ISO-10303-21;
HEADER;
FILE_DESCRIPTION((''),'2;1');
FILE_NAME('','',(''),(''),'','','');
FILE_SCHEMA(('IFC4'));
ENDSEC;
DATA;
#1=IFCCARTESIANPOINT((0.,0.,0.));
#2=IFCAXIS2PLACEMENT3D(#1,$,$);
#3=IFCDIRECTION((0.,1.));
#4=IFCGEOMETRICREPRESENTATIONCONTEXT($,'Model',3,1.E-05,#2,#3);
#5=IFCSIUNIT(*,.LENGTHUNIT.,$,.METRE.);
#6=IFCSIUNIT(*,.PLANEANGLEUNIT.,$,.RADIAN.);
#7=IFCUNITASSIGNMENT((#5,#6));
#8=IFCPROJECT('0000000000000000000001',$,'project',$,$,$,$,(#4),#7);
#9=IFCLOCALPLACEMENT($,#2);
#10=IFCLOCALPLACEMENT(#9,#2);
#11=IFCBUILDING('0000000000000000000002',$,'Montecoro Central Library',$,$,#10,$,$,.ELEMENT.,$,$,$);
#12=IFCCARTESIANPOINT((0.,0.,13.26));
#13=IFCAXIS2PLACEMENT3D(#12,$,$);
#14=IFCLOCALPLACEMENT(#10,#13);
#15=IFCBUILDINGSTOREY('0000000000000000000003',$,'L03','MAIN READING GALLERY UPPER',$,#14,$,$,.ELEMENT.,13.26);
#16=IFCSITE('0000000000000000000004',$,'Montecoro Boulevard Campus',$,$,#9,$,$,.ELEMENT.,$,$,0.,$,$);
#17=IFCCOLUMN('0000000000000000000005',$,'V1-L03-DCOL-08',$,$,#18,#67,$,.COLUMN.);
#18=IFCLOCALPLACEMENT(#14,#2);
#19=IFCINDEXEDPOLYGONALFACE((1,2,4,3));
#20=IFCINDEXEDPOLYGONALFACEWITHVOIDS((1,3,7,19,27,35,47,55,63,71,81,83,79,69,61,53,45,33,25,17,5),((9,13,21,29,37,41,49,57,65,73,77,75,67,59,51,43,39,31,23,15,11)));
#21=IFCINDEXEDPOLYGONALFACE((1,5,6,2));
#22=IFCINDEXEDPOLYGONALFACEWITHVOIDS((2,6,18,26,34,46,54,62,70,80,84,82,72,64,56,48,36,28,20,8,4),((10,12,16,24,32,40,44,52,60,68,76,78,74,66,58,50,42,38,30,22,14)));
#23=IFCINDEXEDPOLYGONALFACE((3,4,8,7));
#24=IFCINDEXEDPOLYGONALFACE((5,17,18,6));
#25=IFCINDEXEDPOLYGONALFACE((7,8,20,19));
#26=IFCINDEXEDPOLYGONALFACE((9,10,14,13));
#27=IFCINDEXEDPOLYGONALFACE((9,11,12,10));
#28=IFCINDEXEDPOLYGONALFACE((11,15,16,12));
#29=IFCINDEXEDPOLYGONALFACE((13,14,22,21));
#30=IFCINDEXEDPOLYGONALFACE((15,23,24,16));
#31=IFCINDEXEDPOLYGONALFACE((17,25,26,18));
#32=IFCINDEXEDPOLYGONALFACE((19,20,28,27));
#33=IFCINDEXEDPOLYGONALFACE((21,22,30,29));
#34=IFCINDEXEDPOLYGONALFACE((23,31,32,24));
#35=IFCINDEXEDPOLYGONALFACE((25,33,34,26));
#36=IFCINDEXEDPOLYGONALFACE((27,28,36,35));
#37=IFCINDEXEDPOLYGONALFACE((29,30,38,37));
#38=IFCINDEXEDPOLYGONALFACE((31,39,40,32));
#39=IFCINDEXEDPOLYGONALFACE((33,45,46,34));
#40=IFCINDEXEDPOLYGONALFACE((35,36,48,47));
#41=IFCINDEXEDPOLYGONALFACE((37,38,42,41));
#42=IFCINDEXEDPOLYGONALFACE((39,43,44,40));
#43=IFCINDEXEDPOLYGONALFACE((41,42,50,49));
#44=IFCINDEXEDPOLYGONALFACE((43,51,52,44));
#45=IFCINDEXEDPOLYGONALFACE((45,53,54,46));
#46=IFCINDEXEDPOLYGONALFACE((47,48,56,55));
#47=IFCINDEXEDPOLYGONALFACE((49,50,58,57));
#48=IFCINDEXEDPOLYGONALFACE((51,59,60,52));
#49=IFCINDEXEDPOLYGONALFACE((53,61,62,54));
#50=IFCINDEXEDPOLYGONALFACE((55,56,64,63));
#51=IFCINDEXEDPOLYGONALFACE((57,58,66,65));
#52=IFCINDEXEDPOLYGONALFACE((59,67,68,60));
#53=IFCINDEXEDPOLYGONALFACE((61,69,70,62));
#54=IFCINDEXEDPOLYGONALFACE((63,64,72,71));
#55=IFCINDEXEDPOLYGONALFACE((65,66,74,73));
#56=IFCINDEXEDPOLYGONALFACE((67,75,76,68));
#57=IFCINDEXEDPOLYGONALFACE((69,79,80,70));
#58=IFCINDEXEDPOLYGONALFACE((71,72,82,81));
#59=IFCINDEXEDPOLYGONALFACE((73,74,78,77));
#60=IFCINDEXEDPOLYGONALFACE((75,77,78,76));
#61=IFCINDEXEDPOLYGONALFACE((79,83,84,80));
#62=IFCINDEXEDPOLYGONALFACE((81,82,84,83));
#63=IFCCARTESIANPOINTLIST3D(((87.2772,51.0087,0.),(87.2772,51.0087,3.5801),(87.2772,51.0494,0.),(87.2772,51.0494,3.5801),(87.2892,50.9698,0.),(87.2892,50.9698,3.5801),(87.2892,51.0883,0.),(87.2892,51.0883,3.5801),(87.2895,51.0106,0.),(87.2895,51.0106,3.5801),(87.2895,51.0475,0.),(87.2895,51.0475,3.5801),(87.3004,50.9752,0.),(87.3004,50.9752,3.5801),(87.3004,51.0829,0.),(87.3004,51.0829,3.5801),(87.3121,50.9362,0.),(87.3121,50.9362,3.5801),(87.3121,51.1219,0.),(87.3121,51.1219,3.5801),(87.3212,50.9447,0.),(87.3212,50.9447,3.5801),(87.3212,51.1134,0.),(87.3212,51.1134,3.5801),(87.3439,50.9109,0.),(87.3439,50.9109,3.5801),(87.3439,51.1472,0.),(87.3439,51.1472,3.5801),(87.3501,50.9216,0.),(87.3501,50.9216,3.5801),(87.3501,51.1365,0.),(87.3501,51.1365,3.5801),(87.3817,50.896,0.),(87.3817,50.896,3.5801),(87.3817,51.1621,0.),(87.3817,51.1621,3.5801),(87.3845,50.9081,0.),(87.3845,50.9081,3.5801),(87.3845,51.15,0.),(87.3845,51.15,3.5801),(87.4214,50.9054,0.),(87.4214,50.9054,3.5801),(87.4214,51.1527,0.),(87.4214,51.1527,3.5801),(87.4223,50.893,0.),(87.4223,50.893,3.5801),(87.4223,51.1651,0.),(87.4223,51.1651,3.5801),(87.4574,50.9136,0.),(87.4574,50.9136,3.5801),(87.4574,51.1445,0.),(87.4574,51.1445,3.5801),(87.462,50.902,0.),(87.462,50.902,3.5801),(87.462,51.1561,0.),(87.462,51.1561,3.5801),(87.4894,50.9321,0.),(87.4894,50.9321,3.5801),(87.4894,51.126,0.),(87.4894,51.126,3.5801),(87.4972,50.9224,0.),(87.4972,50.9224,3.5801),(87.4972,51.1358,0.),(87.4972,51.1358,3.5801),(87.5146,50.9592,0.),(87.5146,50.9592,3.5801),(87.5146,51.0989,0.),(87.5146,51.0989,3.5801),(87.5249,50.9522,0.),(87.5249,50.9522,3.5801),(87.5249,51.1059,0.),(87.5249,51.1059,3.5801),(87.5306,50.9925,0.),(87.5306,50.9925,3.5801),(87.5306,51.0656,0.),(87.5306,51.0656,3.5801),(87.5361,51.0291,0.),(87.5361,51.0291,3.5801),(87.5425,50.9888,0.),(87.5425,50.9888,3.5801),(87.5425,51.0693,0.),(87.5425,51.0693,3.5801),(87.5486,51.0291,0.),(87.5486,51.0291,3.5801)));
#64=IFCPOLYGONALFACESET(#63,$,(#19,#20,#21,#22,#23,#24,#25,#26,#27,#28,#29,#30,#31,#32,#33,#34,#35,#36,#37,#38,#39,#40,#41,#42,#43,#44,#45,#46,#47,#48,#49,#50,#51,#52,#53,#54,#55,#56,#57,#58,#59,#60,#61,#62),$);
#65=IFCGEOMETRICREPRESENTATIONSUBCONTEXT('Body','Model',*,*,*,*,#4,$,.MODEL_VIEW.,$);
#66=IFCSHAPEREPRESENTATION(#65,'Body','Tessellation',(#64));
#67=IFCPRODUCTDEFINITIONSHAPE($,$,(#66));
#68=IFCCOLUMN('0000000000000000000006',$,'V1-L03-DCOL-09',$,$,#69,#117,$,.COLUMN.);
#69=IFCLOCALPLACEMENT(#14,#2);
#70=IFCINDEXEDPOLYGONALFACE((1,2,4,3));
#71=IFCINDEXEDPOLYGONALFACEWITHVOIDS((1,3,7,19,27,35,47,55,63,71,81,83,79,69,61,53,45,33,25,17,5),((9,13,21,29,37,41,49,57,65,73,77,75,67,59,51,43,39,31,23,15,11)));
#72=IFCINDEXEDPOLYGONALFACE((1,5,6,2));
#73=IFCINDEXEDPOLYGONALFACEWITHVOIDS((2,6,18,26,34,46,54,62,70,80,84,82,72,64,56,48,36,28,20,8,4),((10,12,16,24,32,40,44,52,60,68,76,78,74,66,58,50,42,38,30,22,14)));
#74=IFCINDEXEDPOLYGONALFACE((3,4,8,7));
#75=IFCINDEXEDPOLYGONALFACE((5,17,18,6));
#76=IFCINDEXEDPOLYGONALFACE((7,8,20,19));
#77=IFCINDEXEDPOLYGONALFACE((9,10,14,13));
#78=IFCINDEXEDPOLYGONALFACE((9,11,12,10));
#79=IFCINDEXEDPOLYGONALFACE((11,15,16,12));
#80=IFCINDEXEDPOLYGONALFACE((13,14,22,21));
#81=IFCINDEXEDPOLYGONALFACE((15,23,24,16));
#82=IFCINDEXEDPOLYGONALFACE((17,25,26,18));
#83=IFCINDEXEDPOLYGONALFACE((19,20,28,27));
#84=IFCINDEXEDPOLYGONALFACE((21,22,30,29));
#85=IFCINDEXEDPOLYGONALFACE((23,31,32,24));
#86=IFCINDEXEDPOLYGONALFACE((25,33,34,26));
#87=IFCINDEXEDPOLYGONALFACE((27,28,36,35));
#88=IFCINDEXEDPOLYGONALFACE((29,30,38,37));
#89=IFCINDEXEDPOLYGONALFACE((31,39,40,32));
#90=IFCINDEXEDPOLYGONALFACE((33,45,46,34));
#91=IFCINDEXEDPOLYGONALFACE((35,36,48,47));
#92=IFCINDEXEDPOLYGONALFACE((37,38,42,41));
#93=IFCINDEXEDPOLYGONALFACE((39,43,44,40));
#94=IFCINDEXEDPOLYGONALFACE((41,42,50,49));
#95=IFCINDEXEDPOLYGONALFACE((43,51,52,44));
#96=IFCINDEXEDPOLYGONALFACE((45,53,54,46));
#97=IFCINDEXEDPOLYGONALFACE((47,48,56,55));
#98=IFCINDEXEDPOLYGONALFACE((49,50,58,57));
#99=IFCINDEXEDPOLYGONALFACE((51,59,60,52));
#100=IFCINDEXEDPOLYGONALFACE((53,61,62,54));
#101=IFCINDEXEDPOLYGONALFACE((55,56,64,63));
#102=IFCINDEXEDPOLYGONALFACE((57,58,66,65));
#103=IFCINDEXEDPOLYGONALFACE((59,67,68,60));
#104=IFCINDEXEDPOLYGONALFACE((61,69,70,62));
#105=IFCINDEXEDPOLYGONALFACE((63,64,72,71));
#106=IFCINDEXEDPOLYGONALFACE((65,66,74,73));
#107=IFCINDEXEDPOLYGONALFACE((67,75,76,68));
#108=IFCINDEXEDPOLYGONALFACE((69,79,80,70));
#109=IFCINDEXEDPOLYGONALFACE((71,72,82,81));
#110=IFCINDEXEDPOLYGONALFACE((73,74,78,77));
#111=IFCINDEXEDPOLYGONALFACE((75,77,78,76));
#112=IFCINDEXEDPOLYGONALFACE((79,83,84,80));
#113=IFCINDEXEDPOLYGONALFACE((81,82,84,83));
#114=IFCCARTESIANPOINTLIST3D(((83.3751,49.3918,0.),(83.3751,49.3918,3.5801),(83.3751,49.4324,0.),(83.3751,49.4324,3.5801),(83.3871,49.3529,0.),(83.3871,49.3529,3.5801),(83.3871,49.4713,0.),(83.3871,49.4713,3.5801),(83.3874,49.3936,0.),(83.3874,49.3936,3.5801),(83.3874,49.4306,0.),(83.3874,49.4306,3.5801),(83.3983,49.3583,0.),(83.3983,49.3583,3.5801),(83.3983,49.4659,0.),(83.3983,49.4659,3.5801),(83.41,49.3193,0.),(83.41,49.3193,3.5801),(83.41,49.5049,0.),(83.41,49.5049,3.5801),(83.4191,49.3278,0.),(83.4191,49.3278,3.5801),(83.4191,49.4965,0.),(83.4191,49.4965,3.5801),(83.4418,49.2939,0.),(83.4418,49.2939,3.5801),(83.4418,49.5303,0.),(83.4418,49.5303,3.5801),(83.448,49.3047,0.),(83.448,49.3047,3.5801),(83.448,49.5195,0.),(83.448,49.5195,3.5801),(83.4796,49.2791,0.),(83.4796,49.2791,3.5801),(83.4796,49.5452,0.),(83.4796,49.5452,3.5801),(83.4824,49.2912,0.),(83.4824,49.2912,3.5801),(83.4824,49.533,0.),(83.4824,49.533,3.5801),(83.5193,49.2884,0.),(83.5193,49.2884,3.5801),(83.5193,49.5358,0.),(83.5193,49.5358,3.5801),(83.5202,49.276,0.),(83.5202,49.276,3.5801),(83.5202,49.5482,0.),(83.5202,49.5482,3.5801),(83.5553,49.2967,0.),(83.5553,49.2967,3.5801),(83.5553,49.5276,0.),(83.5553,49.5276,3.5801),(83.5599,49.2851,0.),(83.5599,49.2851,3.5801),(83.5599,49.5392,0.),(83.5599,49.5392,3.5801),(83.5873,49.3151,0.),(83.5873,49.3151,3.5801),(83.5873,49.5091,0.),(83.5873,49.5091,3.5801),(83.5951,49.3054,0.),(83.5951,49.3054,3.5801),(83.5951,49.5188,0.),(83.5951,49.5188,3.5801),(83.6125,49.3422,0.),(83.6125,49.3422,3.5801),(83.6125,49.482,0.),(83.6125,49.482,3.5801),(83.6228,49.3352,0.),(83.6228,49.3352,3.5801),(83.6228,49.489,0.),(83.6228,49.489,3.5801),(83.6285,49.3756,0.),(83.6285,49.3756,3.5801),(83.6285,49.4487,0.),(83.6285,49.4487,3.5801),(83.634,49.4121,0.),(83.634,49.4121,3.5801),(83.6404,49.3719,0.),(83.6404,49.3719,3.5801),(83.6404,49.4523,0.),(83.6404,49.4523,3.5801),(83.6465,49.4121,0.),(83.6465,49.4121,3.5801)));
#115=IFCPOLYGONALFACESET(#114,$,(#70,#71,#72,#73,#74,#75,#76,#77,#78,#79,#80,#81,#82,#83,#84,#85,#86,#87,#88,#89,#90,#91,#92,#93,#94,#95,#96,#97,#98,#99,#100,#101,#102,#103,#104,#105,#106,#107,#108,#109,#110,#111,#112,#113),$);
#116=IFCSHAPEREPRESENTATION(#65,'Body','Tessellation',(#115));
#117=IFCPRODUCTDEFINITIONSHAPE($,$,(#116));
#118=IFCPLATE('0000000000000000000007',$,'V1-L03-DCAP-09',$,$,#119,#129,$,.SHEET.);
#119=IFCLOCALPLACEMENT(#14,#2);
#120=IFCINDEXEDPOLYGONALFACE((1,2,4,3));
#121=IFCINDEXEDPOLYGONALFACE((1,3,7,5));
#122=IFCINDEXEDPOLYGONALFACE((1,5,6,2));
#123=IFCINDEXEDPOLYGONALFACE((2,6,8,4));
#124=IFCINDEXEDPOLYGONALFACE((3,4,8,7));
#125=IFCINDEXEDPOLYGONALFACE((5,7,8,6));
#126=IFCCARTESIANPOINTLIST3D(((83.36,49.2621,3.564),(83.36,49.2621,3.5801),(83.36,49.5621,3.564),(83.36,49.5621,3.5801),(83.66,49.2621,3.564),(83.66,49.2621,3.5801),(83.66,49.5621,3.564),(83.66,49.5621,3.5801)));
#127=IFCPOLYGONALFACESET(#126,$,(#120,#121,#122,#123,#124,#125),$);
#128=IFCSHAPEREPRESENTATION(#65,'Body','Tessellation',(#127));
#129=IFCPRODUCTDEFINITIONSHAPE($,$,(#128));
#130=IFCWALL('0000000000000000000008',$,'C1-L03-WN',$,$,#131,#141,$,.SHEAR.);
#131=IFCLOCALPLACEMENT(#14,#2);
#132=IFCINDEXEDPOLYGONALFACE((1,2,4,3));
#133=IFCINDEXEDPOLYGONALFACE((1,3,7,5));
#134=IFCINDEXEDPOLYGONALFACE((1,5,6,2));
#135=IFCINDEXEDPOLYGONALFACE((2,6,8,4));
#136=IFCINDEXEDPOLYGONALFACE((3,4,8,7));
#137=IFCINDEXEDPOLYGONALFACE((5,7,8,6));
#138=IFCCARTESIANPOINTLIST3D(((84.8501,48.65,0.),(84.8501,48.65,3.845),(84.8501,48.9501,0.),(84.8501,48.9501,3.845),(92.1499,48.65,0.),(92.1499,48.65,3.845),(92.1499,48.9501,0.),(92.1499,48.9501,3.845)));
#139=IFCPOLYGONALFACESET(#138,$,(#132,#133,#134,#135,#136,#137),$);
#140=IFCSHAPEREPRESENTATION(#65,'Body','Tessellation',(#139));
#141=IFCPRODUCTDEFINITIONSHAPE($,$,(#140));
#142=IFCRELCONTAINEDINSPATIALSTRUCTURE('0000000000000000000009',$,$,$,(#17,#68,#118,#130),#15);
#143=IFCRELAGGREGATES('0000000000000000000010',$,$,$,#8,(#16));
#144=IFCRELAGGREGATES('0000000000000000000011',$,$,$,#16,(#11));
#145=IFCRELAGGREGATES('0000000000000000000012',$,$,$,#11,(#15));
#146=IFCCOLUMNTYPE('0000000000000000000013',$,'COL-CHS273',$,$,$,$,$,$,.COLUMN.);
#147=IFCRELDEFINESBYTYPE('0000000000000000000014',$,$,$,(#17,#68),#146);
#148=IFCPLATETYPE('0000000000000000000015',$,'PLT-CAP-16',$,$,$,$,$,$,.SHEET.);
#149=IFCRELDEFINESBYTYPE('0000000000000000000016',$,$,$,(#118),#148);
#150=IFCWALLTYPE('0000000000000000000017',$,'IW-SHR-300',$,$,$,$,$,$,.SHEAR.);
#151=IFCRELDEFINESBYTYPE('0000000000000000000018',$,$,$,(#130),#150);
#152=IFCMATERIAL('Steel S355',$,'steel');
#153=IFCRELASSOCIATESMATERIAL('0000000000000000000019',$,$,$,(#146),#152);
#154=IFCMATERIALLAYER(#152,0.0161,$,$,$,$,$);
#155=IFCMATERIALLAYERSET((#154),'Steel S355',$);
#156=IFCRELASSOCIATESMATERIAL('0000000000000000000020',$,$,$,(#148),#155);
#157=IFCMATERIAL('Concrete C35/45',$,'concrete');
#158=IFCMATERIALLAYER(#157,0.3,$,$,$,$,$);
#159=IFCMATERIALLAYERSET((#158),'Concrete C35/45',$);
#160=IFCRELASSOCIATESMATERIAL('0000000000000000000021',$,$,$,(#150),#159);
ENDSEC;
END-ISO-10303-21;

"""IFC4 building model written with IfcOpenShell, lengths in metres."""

from ifc_helpers import new_model, si_unit, direction, frame, frame_2d, origin, origin_2d, place, context, subcontext, project, spatial, rectangle, hollow_circle, extrude, material, layer, layer_set, material_profile, profile_set, type_object, element, save


model = new_model("IFC4")

# Units and contexts
model_context = context("Model", 3, precision=1e-05, world=origin(), true_north=direction((0.0, 1.0)))
body_context = subcontext(model_context, "Body", "Model", "MODEL_VIEW")
ifc_project = project(units=[si_unit("LENGTHUNIT", "METRE"), si_unit("PLANEANGLEUNIT", "RADIAN")], contexts=[model_context])

# Site, building, storey
site_placement = place(None, origin())
site = spatial("IfcSite", under=ifc_project, at=site_placement, Name="Montecoro Boulevard Campus", CompositionType="ELEMENT", RefElevation=0.0)
building_placement = place(site_placement, origin())
building = spatial("IfcBuilding", under=site, at=building_placement, Name="Montecoro Central Library", CompositionType="ELEMENT")
storey_placement = place(building_placement, frame((0.0, 0.0, 13.26)))
storey = spatial("IfcBuildingStorey", under=building, at=storey_placement, Name="L03", Description="MAIN READING GALLERY UPPER", CompositionType="ELEMENT", Elevation=13.26)

# Columns
ifc_material_1 = material(Name="Steel S355", Category="steel")
ifc_material_profile = material_profile(ifc_material_1, hollow_circle(Radius=0.1365, WallThickness=0.0125, at=origin_2d()), Name="CHS 273.0x12.5")
ifc_profile_set = profile_set([ifc_material_profile], Name="Steel S355")
column_type = type_object("IfcColumnType", Name="COL-CHS273", PredefinedType="COLUMN", material=ifc_profile_set)
for number, where, z_axis, x_axis, name in (
    (1, (87.4121, 51.0291, 0.0), (0.0, 0.0, 1.0), (1.0, 0.0, 0.0), "V1-L03-DCOL-08"),
    (2, (83.51, 49.4121, 0.0), (0.0, 0.0, 1.0), (1.0, 0.0, 0.0), "V1-L03-DCOL-09"),
):
    element("IfcColumn", number, at=place(storey_placement, frame(where, z_axis=z_axis, x_axis=x_axis)), inside=storey, type_object=column_type, Name=name, PredefinedType="COLUMN", context=body_context, shape_type="SweptSolid", body=[
        extrude(hollow_circle(Radius=0.1365, WallThickness=0.0125, at=origin_2d()), origin(), (0.0, 0.0, 1.0), 3.5801),
    ])

# Plate
ifc_layer_1 = layer(ifc_material_1, 0.0161)
ifc_layer_set_1 = layer_set([ifc_layer_1], Name="Steel S355")
plate_type = type_object("IfcPlateType", Name="PLT-CAP-16", PredefinedType="SHEET", material=ifc_layer_set_1)
plate_placement = place(storey_placement, frame((83.51, 49.4121, 3.564), z_axis=(0.0, 0.0, 1.0), x_axis=(1.0, 0.0, 0.0)))
element("IfcPlate", 3, at=plate_placement, inside=storey, type_object=plate_type, Name="V1-L03-DCAP-09", PredefinedType="SHEET", context=body_context, shape_type="SweptSolid", body=[
    extrude(rectangle(XDim=0.3, YDim=0.3, at=origin_2d()), origin(), (0.0, 0.0, 1.0), 0.0161),
])

# Wall
ifc_material_2 = material(Name="Concrete C35/45", Category="concrete")
ifc_layer_2 = layer(ifc_material_2, 0.3)
ifc_layer_set_2 = layer_set([ifc_layer_2], Name="Concrete C35/45")
wall_type_1 = type_object("IfcWallType", Name="IW-SHR-300", PredefinedType="SHEAR", material=ifc_layer_set_2)
wall_1_placement = place(storey_placement, frame((84.8501, 48.8, 0.0), z_axis=(0.0, 0.0, 1.0), x_axis=(1.0, 0.0, 0.0)))
element("IfcWall", 4, at=wall_1_placement, inside=storey, type_object=wall_type_1, Name="C1-L03-WN", PredefinedType="SHEAR", context=body_context, shape_type="SweptSolid", body=[
    extrude(rectangle(XDim=7.2998, YDim=0.3, at=frame_2d((3.6499, 0.0))), origin(), (0.0, 0.0, 1.0), 3.845),
])

save(model, "model.ifc")
